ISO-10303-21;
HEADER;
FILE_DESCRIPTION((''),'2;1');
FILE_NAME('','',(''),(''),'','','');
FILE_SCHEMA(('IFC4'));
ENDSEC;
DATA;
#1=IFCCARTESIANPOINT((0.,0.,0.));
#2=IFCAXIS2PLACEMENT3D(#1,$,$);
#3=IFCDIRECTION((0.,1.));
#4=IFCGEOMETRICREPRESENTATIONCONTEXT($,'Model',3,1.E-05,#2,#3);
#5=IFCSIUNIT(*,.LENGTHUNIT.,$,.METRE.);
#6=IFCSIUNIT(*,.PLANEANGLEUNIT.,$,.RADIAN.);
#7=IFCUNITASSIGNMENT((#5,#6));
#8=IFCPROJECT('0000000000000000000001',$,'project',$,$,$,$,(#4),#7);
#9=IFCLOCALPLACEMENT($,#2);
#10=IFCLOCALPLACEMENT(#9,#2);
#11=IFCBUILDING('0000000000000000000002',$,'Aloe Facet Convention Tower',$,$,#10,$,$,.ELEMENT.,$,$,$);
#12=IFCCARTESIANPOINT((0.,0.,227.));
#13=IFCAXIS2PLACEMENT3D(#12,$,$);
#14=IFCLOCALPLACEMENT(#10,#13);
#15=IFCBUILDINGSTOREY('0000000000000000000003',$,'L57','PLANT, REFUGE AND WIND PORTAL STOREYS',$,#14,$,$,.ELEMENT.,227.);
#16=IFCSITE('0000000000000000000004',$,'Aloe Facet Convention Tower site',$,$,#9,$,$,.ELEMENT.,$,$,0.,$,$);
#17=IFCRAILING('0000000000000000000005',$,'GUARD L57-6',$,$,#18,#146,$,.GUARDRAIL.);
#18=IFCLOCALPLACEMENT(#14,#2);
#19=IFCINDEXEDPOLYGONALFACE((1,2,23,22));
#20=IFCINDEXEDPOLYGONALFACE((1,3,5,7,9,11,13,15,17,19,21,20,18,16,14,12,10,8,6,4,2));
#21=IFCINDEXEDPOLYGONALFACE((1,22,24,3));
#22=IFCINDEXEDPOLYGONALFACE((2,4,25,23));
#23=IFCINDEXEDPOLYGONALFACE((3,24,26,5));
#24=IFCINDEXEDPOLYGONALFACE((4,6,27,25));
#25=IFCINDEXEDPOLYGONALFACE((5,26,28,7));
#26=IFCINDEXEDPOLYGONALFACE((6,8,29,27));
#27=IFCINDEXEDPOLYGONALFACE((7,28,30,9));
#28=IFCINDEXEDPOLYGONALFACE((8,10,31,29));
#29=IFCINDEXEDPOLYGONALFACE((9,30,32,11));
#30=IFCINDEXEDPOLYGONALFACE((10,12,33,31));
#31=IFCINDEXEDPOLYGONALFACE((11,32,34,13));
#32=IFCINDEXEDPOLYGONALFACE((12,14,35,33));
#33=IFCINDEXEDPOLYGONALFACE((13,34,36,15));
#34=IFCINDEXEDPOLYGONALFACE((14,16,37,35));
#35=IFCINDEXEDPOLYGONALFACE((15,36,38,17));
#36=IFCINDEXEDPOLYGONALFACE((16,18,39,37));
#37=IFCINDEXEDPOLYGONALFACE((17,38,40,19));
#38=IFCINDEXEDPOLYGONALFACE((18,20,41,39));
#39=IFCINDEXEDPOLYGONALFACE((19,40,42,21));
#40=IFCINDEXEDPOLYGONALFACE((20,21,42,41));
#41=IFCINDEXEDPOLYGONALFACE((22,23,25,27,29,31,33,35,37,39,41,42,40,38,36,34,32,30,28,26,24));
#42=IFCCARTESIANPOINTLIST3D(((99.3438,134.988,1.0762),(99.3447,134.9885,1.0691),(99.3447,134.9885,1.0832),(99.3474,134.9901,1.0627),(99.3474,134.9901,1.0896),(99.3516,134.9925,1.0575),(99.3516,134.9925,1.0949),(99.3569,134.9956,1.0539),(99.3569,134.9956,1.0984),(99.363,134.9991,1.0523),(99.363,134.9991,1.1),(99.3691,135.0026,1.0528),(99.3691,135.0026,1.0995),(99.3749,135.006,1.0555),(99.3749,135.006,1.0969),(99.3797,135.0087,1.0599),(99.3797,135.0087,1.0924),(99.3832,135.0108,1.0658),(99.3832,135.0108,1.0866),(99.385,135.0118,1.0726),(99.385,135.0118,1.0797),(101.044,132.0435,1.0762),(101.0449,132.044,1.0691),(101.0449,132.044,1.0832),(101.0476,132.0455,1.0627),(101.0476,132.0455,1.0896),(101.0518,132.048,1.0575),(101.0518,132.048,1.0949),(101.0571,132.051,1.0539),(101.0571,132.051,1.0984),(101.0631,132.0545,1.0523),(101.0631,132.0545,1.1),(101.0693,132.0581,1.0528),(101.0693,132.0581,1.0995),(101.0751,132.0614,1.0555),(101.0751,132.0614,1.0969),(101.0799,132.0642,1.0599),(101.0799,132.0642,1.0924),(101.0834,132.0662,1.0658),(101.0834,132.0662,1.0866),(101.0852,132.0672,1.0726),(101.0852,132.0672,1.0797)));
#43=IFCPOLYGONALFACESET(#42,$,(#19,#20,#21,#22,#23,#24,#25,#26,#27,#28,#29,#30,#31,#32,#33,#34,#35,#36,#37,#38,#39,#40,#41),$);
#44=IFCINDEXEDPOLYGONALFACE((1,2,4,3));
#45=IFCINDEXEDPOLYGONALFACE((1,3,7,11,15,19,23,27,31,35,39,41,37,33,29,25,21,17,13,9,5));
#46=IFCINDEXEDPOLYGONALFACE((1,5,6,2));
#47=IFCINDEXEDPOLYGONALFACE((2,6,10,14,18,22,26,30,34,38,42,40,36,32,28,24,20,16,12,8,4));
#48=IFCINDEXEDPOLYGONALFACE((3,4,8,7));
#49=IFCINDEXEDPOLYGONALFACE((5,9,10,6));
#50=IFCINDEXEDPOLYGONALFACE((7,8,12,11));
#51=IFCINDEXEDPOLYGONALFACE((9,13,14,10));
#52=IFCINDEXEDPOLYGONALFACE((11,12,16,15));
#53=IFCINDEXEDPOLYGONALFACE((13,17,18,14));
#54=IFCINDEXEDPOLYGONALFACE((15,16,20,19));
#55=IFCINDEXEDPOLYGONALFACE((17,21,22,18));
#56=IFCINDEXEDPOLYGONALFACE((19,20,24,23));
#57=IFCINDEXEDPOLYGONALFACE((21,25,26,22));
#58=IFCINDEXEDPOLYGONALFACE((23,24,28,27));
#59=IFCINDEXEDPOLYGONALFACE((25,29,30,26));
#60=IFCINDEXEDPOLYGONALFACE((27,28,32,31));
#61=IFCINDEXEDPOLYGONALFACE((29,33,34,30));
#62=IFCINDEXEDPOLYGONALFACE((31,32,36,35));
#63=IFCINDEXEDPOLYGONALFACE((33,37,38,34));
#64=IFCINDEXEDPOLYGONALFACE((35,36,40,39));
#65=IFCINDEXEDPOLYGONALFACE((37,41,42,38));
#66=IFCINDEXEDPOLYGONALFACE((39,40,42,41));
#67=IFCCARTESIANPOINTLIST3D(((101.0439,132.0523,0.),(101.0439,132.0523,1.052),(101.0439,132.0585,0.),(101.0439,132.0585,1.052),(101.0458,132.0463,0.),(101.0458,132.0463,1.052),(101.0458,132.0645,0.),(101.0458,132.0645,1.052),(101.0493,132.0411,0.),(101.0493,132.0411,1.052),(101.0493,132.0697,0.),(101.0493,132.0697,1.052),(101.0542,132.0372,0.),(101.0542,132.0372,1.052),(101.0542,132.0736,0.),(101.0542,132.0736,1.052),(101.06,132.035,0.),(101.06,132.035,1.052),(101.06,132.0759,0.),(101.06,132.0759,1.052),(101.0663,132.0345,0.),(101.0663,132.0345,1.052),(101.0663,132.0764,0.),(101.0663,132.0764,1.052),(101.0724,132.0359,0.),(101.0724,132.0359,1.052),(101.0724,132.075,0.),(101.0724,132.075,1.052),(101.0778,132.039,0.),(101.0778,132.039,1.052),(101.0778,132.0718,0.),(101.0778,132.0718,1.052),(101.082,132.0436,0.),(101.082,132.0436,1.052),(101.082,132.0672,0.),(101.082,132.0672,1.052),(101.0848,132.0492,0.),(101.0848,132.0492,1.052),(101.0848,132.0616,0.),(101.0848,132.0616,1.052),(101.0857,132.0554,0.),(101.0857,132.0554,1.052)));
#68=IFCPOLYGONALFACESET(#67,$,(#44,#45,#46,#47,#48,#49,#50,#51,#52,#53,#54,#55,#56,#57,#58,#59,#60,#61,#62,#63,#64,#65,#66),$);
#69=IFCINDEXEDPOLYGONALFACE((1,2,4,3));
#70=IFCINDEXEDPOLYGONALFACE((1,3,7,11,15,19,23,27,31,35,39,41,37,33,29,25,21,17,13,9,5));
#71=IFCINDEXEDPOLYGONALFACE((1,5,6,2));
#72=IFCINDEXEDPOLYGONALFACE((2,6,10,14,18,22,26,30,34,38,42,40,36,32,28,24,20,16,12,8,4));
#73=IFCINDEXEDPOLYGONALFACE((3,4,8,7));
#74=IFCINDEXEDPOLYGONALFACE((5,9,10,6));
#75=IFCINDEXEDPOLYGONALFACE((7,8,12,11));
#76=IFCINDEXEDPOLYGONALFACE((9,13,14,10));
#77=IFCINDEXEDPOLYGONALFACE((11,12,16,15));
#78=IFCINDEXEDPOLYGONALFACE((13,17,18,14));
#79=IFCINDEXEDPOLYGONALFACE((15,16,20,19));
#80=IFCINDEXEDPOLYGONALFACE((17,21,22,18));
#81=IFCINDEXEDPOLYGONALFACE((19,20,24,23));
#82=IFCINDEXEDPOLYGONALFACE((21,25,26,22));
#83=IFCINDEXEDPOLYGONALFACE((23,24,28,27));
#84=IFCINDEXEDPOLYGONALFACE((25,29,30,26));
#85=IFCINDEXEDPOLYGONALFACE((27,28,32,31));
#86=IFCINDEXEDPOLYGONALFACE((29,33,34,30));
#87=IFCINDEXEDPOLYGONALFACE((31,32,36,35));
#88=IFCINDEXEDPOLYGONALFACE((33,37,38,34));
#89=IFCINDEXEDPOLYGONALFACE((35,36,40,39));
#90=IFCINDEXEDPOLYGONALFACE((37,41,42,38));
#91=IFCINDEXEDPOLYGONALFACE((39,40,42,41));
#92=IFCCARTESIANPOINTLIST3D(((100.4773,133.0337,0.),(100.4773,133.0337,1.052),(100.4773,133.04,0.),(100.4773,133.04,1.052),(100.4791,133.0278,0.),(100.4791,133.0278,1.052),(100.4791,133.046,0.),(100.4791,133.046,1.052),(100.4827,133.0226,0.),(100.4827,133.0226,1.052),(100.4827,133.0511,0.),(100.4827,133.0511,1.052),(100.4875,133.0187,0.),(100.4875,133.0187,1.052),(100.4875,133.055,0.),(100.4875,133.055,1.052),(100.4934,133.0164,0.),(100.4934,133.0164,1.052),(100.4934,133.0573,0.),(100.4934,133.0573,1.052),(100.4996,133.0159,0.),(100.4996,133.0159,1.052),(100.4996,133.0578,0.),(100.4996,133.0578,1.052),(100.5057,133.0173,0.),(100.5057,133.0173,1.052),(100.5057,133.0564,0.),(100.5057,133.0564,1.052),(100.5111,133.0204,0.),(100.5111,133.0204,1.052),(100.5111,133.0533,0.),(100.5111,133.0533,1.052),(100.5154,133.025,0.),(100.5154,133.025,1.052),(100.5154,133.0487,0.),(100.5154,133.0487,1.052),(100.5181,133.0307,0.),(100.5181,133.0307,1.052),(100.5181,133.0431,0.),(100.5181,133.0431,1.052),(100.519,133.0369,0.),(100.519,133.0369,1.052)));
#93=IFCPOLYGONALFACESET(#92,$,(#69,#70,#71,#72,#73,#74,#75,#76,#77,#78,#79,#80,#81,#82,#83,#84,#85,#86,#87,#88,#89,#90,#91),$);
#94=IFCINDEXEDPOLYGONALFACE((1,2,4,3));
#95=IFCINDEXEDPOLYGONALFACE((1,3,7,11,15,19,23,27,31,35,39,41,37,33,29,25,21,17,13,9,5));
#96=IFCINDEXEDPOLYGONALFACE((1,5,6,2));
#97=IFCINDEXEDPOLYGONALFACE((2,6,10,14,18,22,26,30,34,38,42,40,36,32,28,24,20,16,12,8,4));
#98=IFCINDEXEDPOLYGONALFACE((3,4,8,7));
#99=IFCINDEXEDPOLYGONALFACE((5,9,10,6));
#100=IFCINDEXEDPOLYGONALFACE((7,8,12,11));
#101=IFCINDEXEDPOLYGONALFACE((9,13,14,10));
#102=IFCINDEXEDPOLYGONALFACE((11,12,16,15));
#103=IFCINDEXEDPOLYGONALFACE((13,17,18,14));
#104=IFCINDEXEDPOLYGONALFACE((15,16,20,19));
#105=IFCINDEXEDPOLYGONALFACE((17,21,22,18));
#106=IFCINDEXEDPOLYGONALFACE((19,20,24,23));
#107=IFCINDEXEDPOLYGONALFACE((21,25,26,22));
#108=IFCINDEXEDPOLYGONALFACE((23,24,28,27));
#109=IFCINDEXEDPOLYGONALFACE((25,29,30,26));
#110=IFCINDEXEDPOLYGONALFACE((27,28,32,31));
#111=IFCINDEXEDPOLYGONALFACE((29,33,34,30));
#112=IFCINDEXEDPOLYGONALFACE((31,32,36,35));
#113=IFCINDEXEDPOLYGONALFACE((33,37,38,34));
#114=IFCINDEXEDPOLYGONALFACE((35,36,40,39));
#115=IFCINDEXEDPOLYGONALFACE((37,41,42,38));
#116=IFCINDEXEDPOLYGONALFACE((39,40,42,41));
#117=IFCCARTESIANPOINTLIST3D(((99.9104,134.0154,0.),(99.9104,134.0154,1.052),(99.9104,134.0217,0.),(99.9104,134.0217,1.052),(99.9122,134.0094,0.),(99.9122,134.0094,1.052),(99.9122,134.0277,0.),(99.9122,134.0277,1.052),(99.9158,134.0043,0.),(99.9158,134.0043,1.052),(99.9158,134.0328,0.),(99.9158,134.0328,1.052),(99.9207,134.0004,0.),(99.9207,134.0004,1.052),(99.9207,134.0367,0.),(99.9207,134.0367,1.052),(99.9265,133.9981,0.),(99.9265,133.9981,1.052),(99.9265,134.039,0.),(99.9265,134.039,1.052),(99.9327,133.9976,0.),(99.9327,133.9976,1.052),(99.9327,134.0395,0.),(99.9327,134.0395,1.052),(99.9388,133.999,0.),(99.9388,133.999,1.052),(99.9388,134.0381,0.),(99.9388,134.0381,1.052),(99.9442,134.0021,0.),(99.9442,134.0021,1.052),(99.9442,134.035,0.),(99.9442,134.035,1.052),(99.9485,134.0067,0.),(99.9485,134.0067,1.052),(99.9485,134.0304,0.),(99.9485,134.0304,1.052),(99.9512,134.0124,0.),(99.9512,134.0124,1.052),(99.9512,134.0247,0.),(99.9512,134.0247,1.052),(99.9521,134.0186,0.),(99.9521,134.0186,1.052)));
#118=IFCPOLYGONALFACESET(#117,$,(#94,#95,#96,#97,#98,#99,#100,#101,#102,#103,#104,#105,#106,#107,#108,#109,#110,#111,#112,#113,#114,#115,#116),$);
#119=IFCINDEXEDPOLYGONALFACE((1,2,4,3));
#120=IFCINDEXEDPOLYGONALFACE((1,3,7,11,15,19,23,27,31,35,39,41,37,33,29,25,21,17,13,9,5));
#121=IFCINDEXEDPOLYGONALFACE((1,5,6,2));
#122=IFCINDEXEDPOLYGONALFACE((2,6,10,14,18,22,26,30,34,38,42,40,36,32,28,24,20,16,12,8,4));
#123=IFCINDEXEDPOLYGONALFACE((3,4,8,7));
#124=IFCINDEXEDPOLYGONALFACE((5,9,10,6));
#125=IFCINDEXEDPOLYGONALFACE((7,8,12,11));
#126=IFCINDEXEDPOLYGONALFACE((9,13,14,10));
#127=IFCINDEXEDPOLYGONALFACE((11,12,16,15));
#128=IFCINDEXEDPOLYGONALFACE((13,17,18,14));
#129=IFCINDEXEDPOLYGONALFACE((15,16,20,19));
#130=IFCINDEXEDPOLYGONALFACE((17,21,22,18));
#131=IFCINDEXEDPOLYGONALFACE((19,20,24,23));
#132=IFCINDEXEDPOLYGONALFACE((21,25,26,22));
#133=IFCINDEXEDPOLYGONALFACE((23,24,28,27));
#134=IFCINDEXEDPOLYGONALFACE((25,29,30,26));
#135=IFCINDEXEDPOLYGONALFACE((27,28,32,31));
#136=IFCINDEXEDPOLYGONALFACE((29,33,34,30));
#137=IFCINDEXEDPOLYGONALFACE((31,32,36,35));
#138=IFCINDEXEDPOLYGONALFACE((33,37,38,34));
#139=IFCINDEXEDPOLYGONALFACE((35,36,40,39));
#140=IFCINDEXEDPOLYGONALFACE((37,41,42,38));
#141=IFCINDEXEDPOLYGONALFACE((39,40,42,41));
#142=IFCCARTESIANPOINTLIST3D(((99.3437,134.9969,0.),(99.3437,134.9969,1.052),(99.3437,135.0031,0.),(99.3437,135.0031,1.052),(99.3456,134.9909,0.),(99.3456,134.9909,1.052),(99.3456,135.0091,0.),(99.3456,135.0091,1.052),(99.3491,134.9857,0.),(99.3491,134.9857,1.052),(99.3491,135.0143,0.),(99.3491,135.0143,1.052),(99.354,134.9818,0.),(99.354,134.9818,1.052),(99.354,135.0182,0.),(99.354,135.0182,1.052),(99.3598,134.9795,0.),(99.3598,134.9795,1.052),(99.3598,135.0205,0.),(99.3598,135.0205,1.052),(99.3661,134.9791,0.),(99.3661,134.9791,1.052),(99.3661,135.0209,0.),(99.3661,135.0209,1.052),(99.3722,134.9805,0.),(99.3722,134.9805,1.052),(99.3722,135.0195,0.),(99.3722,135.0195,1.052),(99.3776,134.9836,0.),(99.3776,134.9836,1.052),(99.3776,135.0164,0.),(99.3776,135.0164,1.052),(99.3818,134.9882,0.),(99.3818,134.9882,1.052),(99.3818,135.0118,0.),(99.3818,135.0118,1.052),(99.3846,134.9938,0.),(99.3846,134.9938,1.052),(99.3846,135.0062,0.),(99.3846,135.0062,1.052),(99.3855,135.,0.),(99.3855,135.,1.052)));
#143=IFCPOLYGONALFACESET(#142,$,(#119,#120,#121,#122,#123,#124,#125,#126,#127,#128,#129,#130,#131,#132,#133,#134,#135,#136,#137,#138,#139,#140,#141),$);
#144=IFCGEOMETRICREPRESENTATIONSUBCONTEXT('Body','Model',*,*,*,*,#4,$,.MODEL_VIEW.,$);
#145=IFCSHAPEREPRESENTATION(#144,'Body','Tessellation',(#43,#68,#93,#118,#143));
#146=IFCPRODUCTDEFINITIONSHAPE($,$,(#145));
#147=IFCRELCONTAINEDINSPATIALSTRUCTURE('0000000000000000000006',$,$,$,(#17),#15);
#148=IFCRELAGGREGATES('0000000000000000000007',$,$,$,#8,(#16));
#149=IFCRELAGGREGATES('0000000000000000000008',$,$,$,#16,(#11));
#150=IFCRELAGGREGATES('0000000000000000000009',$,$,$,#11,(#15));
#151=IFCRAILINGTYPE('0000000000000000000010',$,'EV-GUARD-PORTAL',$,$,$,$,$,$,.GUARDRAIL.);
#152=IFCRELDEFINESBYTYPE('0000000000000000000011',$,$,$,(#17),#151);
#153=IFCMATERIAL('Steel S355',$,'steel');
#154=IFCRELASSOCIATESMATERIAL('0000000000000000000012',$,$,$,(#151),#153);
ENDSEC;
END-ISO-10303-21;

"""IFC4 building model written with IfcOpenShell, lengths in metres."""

from ifc_helpers import new_model, si_unit, direction, frame, origin, origin_2d, place, context, subcontext, project, spatial, circle, extrude, material, type_object, element, save


model = new_model("IFC4")

# Units and contexts
model_context = context("Model", 3, precision=1e-05, world=origin(), true_north=direction((0.0, 1.0)))
body_context = subcontext(model_context, "Body", "Model", "MODEL_VIEW")
ifc_project = project(units=[si_unit("LENGTHUNIT", "METRE"), si_unit("PLANEANGLEUNIT", "RADIAN")], contexts=[model_context])

# Site, building, storey
site_placement = place(None, origin())
site = spatial("IfcSite", under=ifc_project, at=site_placement, Name="Aloe Facet Convention Tower site", CompositionType="ELEMENT", RefElevation=0.0)
building_placement = place(site_placement, origin())
building = spatial("IfcBuilding", under=site, at=building_placement, Name="Aloe Facet Convention Tower", CompositionType="ELEMENT")
storey_placement = place(building_placement, frame((0.0, 0.0, 227.0)))
storey = spatial("IfcBuildingStorey", under=building, at=storey_placement, Name="L57", Description="PLANT, REFUGE AND WIND PORTAL STOREYS", CompositionType="ELEMENT", Elevation=227.0)

# Railing
ifc_material_1 = material(Name="Steel S355", Category="steel")
railing_type_1 = type_object("IfcRailingType", Name="EV-GUARD-PORTAL", PredefinedType="GUARDRAIL", material=ifc_material_1)
railing_1_placement = place(storey_placement, frame((101.0647, 132.0554, 0.0)))
element("IfcRailing", 1, at=railing_1_placement, inside=storey, type_object=railing_type_1, Name="GUARD L57-6", PredefinedType="GUARDRAIL", context=body_context, shape_type="SweptSolid", body=[
    extrude(circle(Radius=0.0239, at=origin_2d()), frame((0.0, 0.0, 1.0762), z_axis=(-0.500031, 0.866007, 0.0), x_axis=(-0.866007, -0.500031, 0.0)), (0.0, 0.0, 1.0), 3.4001),
    extrude(circle(Radius=0.021, at=origin_2d()), origin(), (0.0, 0.0, 1.0), 1.052),
    extrude(circle(Radius=0.021, at=origin_2d()), frame((-0.5667, 0.9814, 0.0)), (0.0, 0.0, 1.0), 1.052),
    extrude(circle(Radius=0.021, at=origin_2d()), frame((-1.1335, 1.9631, 0.0)), (0.0, 0.0, 1.0), 1.052),
    extrude(circle(Radius=0.021, at=origin_2d()), frame((-1.7002, 2.9446, 0.0)), (0.0, 0.0, 1.0), 1.052),
])

save(model, "model.ifc")
